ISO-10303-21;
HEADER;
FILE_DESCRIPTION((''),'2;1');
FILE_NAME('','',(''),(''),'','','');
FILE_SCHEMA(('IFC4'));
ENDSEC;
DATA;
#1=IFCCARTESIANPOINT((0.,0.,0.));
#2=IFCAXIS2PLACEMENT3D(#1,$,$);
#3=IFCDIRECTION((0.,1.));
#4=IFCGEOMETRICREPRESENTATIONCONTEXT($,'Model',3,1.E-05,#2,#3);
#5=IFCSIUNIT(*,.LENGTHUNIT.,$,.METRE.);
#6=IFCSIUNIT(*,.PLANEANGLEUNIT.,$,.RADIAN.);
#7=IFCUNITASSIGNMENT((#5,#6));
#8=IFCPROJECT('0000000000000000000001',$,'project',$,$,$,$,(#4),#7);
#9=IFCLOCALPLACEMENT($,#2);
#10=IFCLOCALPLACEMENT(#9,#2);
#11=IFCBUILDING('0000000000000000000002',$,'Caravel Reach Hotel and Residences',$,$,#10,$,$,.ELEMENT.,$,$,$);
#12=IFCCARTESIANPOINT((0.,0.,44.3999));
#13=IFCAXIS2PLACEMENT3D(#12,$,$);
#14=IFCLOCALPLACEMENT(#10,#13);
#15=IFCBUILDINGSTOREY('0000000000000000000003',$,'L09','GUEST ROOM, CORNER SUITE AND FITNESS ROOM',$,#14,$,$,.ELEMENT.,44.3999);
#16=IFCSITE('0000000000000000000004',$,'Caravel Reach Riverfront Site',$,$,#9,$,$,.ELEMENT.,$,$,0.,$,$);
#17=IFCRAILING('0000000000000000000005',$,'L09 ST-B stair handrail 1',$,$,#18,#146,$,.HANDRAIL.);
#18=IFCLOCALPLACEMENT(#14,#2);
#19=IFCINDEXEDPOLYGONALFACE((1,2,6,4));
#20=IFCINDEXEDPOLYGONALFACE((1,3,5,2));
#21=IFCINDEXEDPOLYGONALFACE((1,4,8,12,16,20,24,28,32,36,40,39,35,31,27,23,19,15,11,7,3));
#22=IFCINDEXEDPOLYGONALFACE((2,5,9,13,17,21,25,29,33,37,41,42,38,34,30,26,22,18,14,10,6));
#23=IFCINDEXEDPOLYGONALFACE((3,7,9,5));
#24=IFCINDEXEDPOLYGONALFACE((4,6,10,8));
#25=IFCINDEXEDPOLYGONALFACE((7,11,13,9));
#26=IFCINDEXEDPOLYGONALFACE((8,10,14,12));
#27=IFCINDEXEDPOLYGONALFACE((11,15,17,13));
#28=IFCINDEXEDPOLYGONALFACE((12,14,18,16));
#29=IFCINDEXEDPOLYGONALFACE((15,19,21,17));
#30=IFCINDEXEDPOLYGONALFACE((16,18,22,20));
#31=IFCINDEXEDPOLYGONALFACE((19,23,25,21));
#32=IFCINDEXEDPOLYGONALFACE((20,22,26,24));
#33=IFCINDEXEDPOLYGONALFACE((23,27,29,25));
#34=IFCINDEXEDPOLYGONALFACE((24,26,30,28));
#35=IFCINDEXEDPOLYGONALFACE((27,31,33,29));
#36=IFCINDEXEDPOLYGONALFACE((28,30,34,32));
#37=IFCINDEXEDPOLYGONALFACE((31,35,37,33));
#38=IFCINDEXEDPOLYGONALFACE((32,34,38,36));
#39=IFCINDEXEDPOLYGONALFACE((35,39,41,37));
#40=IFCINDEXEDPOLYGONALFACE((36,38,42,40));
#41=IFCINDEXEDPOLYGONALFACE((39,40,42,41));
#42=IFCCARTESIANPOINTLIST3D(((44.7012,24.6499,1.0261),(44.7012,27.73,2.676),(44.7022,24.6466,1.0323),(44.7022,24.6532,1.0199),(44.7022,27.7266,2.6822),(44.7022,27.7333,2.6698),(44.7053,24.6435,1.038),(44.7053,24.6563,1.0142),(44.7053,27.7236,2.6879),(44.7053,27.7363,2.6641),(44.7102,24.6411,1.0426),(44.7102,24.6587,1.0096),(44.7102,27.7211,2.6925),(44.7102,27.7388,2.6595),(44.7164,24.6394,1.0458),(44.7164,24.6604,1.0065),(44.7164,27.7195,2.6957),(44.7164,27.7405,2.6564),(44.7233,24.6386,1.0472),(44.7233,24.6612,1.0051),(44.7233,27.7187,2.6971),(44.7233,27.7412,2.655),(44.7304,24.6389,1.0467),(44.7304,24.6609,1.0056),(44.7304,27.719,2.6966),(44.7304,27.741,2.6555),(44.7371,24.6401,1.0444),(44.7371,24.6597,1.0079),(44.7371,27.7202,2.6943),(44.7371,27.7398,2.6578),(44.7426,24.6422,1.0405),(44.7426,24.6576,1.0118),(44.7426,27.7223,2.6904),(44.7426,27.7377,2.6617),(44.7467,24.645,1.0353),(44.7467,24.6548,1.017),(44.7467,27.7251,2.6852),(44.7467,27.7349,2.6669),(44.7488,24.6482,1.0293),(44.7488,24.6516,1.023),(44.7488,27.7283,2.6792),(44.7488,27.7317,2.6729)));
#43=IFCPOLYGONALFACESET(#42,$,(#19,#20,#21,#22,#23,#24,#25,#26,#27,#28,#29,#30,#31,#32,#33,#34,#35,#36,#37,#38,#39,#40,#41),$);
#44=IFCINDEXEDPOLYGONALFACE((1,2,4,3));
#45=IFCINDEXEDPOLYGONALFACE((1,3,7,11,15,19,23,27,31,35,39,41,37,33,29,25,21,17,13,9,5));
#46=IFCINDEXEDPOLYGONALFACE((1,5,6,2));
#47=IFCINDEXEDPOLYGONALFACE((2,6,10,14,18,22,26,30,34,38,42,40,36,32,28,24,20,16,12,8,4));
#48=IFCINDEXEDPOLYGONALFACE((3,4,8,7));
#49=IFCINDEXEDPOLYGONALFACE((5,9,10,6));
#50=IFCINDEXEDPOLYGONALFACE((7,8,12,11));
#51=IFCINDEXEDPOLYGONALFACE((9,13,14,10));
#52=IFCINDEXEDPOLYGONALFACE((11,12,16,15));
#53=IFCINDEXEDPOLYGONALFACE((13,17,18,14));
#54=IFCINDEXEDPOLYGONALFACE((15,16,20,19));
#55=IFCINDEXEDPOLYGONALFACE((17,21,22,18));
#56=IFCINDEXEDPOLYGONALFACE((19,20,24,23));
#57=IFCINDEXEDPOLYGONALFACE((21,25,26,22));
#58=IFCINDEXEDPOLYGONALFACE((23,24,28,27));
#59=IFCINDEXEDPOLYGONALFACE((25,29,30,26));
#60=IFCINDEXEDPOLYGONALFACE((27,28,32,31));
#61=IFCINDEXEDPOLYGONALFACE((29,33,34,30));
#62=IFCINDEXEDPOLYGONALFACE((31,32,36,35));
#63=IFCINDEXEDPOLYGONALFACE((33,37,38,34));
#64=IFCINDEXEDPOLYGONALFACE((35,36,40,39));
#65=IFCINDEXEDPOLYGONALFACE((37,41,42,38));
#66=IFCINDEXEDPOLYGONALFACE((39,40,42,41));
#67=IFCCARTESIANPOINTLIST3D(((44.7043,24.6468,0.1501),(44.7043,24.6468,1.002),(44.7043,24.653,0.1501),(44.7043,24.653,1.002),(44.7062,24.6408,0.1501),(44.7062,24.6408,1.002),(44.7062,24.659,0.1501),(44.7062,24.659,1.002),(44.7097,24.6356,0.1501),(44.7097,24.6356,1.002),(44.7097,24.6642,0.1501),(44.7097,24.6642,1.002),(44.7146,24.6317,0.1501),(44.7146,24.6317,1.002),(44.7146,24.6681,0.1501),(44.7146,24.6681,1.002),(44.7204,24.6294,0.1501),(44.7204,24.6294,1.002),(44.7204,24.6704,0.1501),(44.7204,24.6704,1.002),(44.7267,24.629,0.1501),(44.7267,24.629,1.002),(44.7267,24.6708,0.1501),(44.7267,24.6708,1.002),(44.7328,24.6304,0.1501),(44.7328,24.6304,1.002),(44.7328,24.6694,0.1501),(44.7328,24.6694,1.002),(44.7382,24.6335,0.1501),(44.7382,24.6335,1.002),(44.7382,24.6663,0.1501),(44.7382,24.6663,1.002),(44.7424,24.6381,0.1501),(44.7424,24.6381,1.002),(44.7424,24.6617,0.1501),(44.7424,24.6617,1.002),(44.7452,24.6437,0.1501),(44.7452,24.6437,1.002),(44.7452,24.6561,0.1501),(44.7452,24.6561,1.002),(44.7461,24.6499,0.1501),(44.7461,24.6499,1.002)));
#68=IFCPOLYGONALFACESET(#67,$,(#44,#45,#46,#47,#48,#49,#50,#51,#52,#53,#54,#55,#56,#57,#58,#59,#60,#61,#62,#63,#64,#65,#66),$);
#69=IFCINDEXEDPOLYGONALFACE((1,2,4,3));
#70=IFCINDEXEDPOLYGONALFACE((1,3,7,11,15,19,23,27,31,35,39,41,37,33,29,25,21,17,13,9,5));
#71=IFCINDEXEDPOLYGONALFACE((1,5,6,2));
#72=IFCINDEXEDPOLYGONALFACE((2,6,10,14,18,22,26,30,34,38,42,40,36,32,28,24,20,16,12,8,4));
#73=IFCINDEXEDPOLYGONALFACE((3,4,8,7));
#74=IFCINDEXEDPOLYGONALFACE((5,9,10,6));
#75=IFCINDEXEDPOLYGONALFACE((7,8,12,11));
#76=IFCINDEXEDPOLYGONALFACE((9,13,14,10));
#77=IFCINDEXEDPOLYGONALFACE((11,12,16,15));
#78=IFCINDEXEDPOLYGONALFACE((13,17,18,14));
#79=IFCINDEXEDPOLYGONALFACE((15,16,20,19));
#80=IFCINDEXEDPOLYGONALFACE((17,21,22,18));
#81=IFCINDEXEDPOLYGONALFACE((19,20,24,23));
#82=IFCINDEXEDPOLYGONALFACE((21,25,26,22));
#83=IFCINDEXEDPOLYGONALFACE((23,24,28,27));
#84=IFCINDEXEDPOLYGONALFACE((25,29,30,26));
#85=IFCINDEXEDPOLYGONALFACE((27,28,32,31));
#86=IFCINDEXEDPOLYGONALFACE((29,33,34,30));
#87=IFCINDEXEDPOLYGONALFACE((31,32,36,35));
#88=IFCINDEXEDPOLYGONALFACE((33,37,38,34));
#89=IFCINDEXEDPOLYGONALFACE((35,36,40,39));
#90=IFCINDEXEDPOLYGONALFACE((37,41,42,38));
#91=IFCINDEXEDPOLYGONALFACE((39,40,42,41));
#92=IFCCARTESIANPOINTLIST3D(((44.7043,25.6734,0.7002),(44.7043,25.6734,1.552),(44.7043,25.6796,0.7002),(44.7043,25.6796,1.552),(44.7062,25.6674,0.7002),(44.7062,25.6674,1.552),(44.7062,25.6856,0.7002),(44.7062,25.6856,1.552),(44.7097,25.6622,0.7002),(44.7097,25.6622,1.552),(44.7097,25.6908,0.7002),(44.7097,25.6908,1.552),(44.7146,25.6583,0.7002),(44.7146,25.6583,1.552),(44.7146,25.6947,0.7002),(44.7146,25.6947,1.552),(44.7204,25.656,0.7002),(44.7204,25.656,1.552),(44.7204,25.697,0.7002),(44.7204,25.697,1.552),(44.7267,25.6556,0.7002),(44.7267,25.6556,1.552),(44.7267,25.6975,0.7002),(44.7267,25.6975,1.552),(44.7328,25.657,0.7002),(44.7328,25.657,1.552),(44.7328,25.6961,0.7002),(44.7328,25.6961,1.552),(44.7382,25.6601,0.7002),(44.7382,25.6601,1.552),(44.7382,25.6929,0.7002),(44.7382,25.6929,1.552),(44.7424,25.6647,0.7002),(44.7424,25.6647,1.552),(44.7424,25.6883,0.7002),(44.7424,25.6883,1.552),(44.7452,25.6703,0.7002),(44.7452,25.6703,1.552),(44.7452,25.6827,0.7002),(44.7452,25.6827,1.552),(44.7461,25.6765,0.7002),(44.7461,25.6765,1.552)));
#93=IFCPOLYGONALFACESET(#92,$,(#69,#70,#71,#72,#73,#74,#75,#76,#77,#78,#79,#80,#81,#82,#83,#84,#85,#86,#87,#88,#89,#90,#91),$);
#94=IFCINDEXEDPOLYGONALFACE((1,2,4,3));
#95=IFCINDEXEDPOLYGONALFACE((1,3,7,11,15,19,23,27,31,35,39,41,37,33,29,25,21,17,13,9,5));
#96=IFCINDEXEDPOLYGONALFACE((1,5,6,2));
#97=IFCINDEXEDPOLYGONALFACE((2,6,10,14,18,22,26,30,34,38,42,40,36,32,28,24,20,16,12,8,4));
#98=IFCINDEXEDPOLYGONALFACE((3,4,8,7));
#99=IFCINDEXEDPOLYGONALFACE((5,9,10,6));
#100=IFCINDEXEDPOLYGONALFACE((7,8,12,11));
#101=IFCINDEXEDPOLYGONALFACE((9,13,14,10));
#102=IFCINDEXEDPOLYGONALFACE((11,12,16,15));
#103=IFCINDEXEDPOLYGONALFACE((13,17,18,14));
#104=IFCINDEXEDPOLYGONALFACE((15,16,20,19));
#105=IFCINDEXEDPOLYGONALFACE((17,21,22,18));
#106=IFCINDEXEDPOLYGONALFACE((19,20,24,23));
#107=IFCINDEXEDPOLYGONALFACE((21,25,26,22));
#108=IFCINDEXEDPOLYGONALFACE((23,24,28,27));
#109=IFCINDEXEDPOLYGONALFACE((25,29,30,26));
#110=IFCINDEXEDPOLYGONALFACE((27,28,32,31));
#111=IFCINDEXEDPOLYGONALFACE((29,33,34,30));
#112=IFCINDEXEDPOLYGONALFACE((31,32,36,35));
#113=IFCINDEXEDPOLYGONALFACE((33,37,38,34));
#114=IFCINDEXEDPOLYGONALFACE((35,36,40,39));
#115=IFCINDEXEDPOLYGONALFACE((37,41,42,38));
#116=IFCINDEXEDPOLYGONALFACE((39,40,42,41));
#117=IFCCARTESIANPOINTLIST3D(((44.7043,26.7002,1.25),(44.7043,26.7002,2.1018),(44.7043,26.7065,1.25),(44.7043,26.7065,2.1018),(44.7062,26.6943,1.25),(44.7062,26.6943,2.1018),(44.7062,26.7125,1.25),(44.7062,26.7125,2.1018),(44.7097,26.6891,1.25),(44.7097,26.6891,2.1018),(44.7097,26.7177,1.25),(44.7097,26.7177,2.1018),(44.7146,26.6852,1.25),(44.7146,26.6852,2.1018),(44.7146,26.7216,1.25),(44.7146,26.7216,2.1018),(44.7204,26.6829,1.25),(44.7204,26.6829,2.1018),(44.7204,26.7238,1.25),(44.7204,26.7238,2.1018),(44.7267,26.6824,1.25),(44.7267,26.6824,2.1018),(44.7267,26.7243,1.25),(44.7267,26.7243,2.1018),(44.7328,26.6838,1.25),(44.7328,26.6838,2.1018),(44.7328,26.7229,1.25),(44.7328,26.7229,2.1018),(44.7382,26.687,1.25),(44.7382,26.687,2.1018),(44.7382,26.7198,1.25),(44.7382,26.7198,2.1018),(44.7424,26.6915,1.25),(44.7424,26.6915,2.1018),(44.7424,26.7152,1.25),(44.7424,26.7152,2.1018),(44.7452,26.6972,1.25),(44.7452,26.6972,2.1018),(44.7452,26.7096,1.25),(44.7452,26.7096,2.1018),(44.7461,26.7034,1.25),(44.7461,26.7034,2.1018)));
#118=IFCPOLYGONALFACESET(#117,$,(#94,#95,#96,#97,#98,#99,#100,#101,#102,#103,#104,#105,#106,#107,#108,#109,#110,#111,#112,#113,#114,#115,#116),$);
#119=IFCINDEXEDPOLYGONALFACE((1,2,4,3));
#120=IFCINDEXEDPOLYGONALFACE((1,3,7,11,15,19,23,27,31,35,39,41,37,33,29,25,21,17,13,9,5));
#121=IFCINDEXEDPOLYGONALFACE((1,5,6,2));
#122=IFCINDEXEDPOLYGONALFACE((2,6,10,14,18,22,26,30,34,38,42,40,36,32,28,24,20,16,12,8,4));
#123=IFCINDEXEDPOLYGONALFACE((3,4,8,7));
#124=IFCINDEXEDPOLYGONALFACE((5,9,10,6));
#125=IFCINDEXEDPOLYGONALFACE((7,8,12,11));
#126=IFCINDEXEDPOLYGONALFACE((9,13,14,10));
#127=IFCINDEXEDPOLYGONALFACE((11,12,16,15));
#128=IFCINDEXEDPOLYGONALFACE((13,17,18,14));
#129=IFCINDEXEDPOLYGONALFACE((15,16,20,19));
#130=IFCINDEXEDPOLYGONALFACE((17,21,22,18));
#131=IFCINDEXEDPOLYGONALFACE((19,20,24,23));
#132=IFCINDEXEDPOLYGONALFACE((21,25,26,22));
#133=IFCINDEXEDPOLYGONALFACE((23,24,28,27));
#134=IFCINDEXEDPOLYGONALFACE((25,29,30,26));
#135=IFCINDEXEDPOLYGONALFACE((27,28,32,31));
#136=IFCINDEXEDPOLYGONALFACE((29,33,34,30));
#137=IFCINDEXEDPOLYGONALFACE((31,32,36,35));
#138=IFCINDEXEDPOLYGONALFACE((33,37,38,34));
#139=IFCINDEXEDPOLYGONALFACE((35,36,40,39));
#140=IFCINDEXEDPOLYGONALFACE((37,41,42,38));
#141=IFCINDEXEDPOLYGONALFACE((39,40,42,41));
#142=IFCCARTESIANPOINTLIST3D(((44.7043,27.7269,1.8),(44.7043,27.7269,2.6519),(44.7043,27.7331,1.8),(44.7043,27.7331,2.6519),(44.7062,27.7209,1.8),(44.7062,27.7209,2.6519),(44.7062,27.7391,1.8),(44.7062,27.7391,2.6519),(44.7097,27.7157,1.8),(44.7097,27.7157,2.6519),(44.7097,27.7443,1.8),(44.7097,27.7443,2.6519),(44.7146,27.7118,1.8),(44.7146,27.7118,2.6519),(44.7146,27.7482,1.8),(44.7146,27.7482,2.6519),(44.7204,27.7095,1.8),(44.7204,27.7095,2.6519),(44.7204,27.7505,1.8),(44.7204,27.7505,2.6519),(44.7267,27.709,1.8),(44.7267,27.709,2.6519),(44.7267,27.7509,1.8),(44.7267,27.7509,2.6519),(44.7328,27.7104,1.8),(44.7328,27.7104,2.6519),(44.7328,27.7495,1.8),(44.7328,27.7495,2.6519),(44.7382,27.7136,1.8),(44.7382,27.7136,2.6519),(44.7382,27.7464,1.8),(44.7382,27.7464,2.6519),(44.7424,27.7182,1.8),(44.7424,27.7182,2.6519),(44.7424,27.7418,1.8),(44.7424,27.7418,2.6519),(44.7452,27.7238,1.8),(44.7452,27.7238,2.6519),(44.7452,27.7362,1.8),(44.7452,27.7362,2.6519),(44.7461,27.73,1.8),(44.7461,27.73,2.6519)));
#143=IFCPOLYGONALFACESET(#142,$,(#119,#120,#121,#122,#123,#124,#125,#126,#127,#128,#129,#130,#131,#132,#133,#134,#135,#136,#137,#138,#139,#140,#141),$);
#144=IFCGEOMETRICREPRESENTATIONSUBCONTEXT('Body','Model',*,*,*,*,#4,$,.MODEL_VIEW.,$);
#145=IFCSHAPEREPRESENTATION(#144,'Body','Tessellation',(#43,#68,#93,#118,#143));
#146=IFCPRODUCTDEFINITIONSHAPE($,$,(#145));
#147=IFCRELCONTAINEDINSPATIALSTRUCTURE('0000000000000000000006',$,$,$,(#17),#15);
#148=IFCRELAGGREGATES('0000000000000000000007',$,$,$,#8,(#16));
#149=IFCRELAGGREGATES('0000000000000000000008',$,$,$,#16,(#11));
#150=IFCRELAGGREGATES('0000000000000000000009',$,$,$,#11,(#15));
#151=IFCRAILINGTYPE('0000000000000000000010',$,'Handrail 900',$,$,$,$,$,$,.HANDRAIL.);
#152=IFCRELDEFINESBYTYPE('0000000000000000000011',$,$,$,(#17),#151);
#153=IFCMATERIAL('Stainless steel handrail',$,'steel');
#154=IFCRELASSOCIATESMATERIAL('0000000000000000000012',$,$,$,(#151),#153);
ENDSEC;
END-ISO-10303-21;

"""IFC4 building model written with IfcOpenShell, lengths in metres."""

from ifc_helpers import new_model, si_unit, direction, frame, origin, origin_2d, place, context, subcontext, project, spatial, circle, extrude, material, type_object, element, save


model = new_model("IFC4")

# Units and contexts
model_context = context("Model", 3, precision=1e-05, world=origin(), true_north=direction((0.0, 1.0)))
body_context = subcontext(model_context, "Body", "Model", "MODEL_VIEW")
ifc_project = project(units=[si_unit("LENGTHUNIT", "METRE"), si_unit("PLANEANGLEUNIT", "RADIAN")], contexts=[model_context])

# Site, building, storey
site_placement = place(None, origin())
site = spatial("IfcSite", under=ifc_project, at=site_placement, Name="Caravel Reach Riverfront Site", CompositionType="ELEMENT", RefElevation=0.0)
building_placement = place(site_placement, origin())
building = spatial("IfcBuilding", under=site, at=building_placement, Name="Caravel Reach Hotel and Residences", CompositionType="ELEMENT")
storey_placement = place(building_placement, frame((0.0, 0.0, 44.3999)))
storey = spatial("IfcBuildingStorey", under=building, at=storey_placement, Name="L09", Description="GUEST ROOM, CORNER SUITE AND FITNESS ROOM", CompositionType="ELEMENT", Elevation=44.3999)

# Railing
ifc_material_1 = material(Name="Stainless steel handrail", Category="steel")
railing_type_1 = type_object("IfcRailingType", Name="Handrail 900", PredefinedType="HANDRAIL", material=ifc_material_1)
railing_1_placement = place(storey_placement, frame((44.7251, 24.6499, 0.1501)))
element("IfcRailing", 1, at=railing_1_placement, inside=storey, type_object=railing_type_1, Name="L09 ST-B stair handrail 1", PredefinedType="HANDRAIL", context=body_context, shape_type="SweptSolid", body=[
    extrude(circle(Radius=0.0239, at=origin_2d()), frame((0.0, 0.0, 0.876), z_axis=(0.0, 0.881497, 0.47219), x_axis=(-1.0, 0.0, 0.0)), (0.0, 0.0, 1.0), 3.4941),
    extrude(circle(Radius=0.021, at=origin_2d()), origin(), (0.0, 0.0, 1.0), 0.8518),
    extrude(circle(Radius=0.021, at=origin_2d()), frame((0.0, 1.0266, 0.55)), (0.0, 0.0, 1.0), 0.8518),
    extrude(circle(Radius=0.021, at=origin_2d()), frame((0.0, 2.0535, 1.0999)), (0.0, 0.0, 1.0), 0.8518),
    extrude(circle(Radius=0.021, at=origin_2d()), frame((0.0, 3.0801, 1.6499)), (0.0, 0.0, 1.0), 0.8518),
])

save(model, "model.ifc")
